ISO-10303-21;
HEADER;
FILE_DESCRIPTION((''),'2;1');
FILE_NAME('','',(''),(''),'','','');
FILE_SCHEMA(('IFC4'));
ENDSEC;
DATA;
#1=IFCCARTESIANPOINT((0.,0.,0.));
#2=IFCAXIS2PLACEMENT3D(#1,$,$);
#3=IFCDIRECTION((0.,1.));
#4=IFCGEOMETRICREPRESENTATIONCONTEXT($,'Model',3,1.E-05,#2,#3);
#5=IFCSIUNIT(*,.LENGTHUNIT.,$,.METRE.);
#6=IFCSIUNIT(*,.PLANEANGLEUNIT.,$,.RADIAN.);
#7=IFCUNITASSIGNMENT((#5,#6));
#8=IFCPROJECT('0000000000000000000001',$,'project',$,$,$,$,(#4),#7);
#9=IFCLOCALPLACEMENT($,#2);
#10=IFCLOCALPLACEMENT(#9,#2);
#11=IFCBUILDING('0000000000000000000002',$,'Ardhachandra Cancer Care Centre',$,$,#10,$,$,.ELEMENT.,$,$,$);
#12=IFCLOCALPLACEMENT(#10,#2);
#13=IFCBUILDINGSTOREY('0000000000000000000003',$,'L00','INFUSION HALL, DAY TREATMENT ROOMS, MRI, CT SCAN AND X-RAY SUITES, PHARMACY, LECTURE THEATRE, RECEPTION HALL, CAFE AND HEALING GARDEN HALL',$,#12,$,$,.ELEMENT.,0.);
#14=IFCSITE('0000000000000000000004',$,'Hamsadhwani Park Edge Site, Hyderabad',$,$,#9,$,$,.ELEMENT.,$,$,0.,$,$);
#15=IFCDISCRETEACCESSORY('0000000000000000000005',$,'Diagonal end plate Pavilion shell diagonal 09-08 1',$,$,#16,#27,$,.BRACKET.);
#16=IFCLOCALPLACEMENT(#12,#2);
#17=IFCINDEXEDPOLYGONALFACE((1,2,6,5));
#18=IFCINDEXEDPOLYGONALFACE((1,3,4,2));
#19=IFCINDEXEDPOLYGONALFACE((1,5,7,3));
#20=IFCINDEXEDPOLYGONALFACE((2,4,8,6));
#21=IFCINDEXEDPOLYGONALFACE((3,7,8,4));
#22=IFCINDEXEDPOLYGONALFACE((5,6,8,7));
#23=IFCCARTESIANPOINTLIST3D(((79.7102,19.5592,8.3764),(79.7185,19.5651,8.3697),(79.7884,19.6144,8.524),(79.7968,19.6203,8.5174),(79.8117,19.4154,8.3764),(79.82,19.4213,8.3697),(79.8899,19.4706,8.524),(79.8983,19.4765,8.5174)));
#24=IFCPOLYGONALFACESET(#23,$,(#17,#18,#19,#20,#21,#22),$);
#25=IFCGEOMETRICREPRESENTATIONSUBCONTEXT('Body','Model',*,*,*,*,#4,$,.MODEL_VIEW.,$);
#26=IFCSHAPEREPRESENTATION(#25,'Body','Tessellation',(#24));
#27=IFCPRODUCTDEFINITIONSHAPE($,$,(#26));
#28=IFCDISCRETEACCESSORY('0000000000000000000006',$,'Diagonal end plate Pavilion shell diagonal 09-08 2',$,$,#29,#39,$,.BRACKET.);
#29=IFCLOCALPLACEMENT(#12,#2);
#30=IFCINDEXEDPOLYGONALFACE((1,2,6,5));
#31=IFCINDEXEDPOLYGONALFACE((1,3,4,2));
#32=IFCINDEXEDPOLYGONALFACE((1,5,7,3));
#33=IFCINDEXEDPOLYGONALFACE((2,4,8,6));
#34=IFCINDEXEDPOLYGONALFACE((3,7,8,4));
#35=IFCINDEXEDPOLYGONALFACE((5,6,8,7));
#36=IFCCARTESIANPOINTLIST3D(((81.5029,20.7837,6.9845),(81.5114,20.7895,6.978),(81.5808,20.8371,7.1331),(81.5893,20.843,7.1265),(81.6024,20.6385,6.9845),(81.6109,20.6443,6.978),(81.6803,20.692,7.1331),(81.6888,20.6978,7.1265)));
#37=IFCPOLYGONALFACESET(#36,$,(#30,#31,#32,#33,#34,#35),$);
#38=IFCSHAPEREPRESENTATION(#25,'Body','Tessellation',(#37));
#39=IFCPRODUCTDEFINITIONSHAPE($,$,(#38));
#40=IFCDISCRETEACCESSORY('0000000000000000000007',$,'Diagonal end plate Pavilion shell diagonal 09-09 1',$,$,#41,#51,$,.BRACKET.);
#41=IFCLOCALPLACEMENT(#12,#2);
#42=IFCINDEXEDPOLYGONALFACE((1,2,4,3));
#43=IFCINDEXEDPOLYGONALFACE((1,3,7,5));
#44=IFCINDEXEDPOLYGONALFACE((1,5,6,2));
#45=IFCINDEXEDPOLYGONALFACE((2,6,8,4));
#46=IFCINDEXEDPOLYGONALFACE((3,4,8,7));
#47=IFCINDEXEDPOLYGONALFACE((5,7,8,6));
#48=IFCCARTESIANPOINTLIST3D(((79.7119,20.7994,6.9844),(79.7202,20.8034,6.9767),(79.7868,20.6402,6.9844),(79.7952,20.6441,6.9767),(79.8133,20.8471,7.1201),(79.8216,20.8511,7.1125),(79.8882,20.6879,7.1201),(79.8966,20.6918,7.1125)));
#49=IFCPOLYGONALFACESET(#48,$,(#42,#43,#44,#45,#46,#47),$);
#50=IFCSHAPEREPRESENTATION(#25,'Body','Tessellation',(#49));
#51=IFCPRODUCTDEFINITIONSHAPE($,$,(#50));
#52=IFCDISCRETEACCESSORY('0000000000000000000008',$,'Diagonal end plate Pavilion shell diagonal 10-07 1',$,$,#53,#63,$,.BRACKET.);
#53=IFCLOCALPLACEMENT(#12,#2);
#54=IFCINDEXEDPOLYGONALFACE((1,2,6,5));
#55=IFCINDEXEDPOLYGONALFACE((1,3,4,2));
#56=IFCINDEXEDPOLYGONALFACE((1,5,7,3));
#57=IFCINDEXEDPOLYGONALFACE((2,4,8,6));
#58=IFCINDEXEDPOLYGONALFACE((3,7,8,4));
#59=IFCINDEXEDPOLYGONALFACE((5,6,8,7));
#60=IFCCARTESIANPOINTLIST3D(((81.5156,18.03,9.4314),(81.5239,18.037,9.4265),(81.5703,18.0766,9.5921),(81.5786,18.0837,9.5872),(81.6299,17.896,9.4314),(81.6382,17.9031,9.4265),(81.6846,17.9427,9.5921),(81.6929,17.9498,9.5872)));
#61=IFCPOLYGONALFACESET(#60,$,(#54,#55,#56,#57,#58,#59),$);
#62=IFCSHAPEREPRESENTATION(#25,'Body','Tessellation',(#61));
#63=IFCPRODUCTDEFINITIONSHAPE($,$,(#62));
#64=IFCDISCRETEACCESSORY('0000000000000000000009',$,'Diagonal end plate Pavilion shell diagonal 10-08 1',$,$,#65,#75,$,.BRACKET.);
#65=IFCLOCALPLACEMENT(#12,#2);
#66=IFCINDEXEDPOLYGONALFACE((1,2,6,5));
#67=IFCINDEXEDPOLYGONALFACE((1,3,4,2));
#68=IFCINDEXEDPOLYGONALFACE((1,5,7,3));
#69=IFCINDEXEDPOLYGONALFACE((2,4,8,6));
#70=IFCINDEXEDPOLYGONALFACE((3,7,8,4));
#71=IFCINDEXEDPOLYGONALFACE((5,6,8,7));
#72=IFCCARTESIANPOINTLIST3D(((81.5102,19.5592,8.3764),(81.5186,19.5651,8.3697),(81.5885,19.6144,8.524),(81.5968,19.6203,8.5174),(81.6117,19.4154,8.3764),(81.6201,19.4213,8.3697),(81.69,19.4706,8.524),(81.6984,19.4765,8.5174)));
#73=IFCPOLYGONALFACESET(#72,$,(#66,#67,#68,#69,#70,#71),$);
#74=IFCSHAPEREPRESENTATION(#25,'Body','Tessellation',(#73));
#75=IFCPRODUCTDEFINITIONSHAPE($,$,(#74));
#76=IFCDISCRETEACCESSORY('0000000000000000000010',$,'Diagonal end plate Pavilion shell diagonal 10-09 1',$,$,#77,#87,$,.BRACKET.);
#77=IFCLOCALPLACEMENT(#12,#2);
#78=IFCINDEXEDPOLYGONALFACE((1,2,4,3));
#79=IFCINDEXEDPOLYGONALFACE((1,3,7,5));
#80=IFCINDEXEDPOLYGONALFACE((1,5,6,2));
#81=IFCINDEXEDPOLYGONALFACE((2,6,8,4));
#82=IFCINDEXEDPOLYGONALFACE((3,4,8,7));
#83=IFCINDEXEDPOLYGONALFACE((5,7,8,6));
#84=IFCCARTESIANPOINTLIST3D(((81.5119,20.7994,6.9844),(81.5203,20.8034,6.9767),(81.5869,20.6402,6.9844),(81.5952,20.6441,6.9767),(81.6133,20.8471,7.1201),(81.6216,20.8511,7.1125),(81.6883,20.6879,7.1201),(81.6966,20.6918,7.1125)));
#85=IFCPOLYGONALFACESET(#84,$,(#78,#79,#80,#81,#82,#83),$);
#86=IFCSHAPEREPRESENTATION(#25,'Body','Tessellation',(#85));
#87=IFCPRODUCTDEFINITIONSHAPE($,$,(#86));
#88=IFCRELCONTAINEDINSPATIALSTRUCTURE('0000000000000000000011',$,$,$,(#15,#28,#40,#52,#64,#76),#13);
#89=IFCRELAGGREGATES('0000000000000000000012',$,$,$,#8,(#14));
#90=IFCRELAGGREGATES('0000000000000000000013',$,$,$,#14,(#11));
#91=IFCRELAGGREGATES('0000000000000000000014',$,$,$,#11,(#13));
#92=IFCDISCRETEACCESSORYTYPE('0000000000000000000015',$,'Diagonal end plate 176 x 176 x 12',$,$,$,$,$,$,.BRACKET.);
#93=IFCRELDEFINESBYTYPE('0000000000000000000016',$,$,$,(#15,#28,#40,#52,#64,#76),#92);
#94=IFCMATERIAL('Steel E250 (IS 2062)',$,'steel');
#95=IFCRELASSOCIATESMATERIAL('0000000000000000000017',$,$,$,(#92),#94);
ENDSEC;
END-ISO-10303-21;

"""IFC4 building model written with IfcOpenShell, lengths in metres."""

from ifc_helpers import new_model, si_unit, direction, frame, origin, origin_2d, place, context, subcontext, project, spatial, rectangle, extrude, material, material_profile, profile_set, type_object, element, save


model = new_model("IFC4")

# Units and contexts
model_context = context("Model", 3, precision=1e-05, world=origin(), true_north=direction((0.0, 1.0)))
body_context = subcontext(model_context, "Body", "Model", "MODEL_VIEW")
ifc_project = project(units=[si_unit("LENGTHUNIT", "METRE"), si_unit("PLANEANGLEUNIT", "RADIAN")], contexts=[model_context])

# Site, building, storey
site_placement = place(None, origin())
site = spatial("IfcSite", under=ifc_project, at=site_placement, Name="Hamsadhwani Park Edge Site, Hyderabad", CompositionType="ELEMENT", RefElevation=0.0)
building_placement = place(site_placement, origin())
building = spatial("IfcBuilding", under=site, at=building_placement, Name="Ardhachandra Cancer Care Centre", CompositionType="ELEMENT")
storey_placement = place(building_placement, origin())
storey = spatial("IfcBuildingStorey", under=building, at=storey_placement, Name="L00", Description="INFUSION HALL, DAY TREATMENT ROOMS, MRI, CT SCAN AND X-RAY SUITES, PHARMACY, LECTURE THEATRE, RECEPTION HALL, CAFE AND HEALING GARDEN HALL", CompositionType="ELEMENT", Elevation=0.0)

# Discrete accessories
ifc_material_1 = material(Name="Steel E250 (IS 2062)", Category="steel")
ifc_material_profile_1 = material_profile(ifc_material_1, rectangle(XDim=0.176, YDim=0.176, at=origin_2d()), Name="PL 176x176x12")
ifc_profile_set_1 = profile_set([ifc_material_profile_1], Name="Steel E250 (IS 2062)")
discrete_accessory_type = type_object("IfcDiscreteAccessoryType", Name="Diagonal end plate 176 x 176 x 12", PredefinedType="BRACKET", material=ifc_profile_set_1)
for number, where, z_axis, x_axis, name in (
    (1, (79.8, 19.5149, 8.4502), (0.685367, 0.483788, -0.544262), (-0.576683, 0.816968, 0.0), "Diagonal end plate Pavilion shell diagonal 09-08 1"),
    (2, (81.6001, 20.7437, 7.0522), (-0.695837, -0.477146, 0.536789), (0.565528, -0.824729, 0.0), "Diagonal end plate Pavilion shell diagonal 09-08 2"),
):
    element("IfcDiscreteAccessory", number, at=place(storey_placement, frame(where, z_axis=z_axis, x_axis=x_axis)), inside=storey, type_object=discrete_accessory_type, Name=name, PredefinedType="BRACKET", context=body_context, shape_type="SweptSolid", body=[
        extrude(rectangle(XDim=0.176, YDim=0.176, at=origin_2d()), origin(), (0.0, 0.0, 1.0), 0.0122),
    ])
for number, where, z_axis, x_axis, name in (
    (3, (79.8, 20.7437, 7.0522), (0.697959, 0.328451, -0.636375), (-0.425797, 0.904819, 0.0), "Diagonal end plate Pavilion shell diagonal 09-09 1"),
    (4, (81.6001, 17.9863, 9.5117), (0.694456, 0.59233, -0.408504), (-0.648947, 0.760834, 0.0), "Diagonal end plate Pavilion shell diagonal 10-07 1"),
):
    element("IfcDiscreteAccessory", number, at=place(storey_placement, frame(where, z_axis=z_axis, x_axis=x_axis)), inside=storey, type_object=discrete_accessory_type, Name=name, PredefinedType="BRACKET", context=body_context, shape_type="SweptSolid", body=[
        extrude(rectangle(XDim=0.176, YDim=0.176, at=origin_2d()), origin(), (0.0, 0.0, 1.0), 0.012),
    ])
discrete_accessory_1_placement = place(storey_placement, frame((81.6001, 19.5149, 8.4502), z_axis=(0.685367, 0.483788, -0.544262), x_axis=(-0.576683, 0.816968, 0.0)))
element("IfcDiscreteAccessory", 5, at=discrete_accessory_1_placement, inside=storey, type_object=discrete_accessory_type, Name="Diagonal end plate Pavilion shell diagonal 10-08 1", PredefinedType="BRACKET", context=body_context, shape_type="SweptSolid", body=[
    extrude(rectangle(XDim=0.176, YDim=0.176, at=origin_2d()), origin(), (0.0, 0.0, 1.0), 0.0122),
])
discrete_accessory_2_placement = place(storey_placement, frame((81.6001, 20.7437, 7.0522), z_axis=(0.697959, 0.328451, -0.636375), x_axis=(-0.425797, 0.904819, 0.0)))
element("IfcDiscreteAccessory", 6, at=discrete_accessory_2_placement, inside=storey, type_object=discrete_accessory_type, Name="Diagonal end plate Pavilion shell diagonal 10-09 1", PredefinedType="BRACKET", context=body_context, shape_type="SweptSolid", body=[
    extrude(rectangle(XDim=0.176, YDim=0.176, at=origin_2d()), origin(), (0.0, 0.0, 1.0), 0.012),
])

save(model, "model.ifc")
